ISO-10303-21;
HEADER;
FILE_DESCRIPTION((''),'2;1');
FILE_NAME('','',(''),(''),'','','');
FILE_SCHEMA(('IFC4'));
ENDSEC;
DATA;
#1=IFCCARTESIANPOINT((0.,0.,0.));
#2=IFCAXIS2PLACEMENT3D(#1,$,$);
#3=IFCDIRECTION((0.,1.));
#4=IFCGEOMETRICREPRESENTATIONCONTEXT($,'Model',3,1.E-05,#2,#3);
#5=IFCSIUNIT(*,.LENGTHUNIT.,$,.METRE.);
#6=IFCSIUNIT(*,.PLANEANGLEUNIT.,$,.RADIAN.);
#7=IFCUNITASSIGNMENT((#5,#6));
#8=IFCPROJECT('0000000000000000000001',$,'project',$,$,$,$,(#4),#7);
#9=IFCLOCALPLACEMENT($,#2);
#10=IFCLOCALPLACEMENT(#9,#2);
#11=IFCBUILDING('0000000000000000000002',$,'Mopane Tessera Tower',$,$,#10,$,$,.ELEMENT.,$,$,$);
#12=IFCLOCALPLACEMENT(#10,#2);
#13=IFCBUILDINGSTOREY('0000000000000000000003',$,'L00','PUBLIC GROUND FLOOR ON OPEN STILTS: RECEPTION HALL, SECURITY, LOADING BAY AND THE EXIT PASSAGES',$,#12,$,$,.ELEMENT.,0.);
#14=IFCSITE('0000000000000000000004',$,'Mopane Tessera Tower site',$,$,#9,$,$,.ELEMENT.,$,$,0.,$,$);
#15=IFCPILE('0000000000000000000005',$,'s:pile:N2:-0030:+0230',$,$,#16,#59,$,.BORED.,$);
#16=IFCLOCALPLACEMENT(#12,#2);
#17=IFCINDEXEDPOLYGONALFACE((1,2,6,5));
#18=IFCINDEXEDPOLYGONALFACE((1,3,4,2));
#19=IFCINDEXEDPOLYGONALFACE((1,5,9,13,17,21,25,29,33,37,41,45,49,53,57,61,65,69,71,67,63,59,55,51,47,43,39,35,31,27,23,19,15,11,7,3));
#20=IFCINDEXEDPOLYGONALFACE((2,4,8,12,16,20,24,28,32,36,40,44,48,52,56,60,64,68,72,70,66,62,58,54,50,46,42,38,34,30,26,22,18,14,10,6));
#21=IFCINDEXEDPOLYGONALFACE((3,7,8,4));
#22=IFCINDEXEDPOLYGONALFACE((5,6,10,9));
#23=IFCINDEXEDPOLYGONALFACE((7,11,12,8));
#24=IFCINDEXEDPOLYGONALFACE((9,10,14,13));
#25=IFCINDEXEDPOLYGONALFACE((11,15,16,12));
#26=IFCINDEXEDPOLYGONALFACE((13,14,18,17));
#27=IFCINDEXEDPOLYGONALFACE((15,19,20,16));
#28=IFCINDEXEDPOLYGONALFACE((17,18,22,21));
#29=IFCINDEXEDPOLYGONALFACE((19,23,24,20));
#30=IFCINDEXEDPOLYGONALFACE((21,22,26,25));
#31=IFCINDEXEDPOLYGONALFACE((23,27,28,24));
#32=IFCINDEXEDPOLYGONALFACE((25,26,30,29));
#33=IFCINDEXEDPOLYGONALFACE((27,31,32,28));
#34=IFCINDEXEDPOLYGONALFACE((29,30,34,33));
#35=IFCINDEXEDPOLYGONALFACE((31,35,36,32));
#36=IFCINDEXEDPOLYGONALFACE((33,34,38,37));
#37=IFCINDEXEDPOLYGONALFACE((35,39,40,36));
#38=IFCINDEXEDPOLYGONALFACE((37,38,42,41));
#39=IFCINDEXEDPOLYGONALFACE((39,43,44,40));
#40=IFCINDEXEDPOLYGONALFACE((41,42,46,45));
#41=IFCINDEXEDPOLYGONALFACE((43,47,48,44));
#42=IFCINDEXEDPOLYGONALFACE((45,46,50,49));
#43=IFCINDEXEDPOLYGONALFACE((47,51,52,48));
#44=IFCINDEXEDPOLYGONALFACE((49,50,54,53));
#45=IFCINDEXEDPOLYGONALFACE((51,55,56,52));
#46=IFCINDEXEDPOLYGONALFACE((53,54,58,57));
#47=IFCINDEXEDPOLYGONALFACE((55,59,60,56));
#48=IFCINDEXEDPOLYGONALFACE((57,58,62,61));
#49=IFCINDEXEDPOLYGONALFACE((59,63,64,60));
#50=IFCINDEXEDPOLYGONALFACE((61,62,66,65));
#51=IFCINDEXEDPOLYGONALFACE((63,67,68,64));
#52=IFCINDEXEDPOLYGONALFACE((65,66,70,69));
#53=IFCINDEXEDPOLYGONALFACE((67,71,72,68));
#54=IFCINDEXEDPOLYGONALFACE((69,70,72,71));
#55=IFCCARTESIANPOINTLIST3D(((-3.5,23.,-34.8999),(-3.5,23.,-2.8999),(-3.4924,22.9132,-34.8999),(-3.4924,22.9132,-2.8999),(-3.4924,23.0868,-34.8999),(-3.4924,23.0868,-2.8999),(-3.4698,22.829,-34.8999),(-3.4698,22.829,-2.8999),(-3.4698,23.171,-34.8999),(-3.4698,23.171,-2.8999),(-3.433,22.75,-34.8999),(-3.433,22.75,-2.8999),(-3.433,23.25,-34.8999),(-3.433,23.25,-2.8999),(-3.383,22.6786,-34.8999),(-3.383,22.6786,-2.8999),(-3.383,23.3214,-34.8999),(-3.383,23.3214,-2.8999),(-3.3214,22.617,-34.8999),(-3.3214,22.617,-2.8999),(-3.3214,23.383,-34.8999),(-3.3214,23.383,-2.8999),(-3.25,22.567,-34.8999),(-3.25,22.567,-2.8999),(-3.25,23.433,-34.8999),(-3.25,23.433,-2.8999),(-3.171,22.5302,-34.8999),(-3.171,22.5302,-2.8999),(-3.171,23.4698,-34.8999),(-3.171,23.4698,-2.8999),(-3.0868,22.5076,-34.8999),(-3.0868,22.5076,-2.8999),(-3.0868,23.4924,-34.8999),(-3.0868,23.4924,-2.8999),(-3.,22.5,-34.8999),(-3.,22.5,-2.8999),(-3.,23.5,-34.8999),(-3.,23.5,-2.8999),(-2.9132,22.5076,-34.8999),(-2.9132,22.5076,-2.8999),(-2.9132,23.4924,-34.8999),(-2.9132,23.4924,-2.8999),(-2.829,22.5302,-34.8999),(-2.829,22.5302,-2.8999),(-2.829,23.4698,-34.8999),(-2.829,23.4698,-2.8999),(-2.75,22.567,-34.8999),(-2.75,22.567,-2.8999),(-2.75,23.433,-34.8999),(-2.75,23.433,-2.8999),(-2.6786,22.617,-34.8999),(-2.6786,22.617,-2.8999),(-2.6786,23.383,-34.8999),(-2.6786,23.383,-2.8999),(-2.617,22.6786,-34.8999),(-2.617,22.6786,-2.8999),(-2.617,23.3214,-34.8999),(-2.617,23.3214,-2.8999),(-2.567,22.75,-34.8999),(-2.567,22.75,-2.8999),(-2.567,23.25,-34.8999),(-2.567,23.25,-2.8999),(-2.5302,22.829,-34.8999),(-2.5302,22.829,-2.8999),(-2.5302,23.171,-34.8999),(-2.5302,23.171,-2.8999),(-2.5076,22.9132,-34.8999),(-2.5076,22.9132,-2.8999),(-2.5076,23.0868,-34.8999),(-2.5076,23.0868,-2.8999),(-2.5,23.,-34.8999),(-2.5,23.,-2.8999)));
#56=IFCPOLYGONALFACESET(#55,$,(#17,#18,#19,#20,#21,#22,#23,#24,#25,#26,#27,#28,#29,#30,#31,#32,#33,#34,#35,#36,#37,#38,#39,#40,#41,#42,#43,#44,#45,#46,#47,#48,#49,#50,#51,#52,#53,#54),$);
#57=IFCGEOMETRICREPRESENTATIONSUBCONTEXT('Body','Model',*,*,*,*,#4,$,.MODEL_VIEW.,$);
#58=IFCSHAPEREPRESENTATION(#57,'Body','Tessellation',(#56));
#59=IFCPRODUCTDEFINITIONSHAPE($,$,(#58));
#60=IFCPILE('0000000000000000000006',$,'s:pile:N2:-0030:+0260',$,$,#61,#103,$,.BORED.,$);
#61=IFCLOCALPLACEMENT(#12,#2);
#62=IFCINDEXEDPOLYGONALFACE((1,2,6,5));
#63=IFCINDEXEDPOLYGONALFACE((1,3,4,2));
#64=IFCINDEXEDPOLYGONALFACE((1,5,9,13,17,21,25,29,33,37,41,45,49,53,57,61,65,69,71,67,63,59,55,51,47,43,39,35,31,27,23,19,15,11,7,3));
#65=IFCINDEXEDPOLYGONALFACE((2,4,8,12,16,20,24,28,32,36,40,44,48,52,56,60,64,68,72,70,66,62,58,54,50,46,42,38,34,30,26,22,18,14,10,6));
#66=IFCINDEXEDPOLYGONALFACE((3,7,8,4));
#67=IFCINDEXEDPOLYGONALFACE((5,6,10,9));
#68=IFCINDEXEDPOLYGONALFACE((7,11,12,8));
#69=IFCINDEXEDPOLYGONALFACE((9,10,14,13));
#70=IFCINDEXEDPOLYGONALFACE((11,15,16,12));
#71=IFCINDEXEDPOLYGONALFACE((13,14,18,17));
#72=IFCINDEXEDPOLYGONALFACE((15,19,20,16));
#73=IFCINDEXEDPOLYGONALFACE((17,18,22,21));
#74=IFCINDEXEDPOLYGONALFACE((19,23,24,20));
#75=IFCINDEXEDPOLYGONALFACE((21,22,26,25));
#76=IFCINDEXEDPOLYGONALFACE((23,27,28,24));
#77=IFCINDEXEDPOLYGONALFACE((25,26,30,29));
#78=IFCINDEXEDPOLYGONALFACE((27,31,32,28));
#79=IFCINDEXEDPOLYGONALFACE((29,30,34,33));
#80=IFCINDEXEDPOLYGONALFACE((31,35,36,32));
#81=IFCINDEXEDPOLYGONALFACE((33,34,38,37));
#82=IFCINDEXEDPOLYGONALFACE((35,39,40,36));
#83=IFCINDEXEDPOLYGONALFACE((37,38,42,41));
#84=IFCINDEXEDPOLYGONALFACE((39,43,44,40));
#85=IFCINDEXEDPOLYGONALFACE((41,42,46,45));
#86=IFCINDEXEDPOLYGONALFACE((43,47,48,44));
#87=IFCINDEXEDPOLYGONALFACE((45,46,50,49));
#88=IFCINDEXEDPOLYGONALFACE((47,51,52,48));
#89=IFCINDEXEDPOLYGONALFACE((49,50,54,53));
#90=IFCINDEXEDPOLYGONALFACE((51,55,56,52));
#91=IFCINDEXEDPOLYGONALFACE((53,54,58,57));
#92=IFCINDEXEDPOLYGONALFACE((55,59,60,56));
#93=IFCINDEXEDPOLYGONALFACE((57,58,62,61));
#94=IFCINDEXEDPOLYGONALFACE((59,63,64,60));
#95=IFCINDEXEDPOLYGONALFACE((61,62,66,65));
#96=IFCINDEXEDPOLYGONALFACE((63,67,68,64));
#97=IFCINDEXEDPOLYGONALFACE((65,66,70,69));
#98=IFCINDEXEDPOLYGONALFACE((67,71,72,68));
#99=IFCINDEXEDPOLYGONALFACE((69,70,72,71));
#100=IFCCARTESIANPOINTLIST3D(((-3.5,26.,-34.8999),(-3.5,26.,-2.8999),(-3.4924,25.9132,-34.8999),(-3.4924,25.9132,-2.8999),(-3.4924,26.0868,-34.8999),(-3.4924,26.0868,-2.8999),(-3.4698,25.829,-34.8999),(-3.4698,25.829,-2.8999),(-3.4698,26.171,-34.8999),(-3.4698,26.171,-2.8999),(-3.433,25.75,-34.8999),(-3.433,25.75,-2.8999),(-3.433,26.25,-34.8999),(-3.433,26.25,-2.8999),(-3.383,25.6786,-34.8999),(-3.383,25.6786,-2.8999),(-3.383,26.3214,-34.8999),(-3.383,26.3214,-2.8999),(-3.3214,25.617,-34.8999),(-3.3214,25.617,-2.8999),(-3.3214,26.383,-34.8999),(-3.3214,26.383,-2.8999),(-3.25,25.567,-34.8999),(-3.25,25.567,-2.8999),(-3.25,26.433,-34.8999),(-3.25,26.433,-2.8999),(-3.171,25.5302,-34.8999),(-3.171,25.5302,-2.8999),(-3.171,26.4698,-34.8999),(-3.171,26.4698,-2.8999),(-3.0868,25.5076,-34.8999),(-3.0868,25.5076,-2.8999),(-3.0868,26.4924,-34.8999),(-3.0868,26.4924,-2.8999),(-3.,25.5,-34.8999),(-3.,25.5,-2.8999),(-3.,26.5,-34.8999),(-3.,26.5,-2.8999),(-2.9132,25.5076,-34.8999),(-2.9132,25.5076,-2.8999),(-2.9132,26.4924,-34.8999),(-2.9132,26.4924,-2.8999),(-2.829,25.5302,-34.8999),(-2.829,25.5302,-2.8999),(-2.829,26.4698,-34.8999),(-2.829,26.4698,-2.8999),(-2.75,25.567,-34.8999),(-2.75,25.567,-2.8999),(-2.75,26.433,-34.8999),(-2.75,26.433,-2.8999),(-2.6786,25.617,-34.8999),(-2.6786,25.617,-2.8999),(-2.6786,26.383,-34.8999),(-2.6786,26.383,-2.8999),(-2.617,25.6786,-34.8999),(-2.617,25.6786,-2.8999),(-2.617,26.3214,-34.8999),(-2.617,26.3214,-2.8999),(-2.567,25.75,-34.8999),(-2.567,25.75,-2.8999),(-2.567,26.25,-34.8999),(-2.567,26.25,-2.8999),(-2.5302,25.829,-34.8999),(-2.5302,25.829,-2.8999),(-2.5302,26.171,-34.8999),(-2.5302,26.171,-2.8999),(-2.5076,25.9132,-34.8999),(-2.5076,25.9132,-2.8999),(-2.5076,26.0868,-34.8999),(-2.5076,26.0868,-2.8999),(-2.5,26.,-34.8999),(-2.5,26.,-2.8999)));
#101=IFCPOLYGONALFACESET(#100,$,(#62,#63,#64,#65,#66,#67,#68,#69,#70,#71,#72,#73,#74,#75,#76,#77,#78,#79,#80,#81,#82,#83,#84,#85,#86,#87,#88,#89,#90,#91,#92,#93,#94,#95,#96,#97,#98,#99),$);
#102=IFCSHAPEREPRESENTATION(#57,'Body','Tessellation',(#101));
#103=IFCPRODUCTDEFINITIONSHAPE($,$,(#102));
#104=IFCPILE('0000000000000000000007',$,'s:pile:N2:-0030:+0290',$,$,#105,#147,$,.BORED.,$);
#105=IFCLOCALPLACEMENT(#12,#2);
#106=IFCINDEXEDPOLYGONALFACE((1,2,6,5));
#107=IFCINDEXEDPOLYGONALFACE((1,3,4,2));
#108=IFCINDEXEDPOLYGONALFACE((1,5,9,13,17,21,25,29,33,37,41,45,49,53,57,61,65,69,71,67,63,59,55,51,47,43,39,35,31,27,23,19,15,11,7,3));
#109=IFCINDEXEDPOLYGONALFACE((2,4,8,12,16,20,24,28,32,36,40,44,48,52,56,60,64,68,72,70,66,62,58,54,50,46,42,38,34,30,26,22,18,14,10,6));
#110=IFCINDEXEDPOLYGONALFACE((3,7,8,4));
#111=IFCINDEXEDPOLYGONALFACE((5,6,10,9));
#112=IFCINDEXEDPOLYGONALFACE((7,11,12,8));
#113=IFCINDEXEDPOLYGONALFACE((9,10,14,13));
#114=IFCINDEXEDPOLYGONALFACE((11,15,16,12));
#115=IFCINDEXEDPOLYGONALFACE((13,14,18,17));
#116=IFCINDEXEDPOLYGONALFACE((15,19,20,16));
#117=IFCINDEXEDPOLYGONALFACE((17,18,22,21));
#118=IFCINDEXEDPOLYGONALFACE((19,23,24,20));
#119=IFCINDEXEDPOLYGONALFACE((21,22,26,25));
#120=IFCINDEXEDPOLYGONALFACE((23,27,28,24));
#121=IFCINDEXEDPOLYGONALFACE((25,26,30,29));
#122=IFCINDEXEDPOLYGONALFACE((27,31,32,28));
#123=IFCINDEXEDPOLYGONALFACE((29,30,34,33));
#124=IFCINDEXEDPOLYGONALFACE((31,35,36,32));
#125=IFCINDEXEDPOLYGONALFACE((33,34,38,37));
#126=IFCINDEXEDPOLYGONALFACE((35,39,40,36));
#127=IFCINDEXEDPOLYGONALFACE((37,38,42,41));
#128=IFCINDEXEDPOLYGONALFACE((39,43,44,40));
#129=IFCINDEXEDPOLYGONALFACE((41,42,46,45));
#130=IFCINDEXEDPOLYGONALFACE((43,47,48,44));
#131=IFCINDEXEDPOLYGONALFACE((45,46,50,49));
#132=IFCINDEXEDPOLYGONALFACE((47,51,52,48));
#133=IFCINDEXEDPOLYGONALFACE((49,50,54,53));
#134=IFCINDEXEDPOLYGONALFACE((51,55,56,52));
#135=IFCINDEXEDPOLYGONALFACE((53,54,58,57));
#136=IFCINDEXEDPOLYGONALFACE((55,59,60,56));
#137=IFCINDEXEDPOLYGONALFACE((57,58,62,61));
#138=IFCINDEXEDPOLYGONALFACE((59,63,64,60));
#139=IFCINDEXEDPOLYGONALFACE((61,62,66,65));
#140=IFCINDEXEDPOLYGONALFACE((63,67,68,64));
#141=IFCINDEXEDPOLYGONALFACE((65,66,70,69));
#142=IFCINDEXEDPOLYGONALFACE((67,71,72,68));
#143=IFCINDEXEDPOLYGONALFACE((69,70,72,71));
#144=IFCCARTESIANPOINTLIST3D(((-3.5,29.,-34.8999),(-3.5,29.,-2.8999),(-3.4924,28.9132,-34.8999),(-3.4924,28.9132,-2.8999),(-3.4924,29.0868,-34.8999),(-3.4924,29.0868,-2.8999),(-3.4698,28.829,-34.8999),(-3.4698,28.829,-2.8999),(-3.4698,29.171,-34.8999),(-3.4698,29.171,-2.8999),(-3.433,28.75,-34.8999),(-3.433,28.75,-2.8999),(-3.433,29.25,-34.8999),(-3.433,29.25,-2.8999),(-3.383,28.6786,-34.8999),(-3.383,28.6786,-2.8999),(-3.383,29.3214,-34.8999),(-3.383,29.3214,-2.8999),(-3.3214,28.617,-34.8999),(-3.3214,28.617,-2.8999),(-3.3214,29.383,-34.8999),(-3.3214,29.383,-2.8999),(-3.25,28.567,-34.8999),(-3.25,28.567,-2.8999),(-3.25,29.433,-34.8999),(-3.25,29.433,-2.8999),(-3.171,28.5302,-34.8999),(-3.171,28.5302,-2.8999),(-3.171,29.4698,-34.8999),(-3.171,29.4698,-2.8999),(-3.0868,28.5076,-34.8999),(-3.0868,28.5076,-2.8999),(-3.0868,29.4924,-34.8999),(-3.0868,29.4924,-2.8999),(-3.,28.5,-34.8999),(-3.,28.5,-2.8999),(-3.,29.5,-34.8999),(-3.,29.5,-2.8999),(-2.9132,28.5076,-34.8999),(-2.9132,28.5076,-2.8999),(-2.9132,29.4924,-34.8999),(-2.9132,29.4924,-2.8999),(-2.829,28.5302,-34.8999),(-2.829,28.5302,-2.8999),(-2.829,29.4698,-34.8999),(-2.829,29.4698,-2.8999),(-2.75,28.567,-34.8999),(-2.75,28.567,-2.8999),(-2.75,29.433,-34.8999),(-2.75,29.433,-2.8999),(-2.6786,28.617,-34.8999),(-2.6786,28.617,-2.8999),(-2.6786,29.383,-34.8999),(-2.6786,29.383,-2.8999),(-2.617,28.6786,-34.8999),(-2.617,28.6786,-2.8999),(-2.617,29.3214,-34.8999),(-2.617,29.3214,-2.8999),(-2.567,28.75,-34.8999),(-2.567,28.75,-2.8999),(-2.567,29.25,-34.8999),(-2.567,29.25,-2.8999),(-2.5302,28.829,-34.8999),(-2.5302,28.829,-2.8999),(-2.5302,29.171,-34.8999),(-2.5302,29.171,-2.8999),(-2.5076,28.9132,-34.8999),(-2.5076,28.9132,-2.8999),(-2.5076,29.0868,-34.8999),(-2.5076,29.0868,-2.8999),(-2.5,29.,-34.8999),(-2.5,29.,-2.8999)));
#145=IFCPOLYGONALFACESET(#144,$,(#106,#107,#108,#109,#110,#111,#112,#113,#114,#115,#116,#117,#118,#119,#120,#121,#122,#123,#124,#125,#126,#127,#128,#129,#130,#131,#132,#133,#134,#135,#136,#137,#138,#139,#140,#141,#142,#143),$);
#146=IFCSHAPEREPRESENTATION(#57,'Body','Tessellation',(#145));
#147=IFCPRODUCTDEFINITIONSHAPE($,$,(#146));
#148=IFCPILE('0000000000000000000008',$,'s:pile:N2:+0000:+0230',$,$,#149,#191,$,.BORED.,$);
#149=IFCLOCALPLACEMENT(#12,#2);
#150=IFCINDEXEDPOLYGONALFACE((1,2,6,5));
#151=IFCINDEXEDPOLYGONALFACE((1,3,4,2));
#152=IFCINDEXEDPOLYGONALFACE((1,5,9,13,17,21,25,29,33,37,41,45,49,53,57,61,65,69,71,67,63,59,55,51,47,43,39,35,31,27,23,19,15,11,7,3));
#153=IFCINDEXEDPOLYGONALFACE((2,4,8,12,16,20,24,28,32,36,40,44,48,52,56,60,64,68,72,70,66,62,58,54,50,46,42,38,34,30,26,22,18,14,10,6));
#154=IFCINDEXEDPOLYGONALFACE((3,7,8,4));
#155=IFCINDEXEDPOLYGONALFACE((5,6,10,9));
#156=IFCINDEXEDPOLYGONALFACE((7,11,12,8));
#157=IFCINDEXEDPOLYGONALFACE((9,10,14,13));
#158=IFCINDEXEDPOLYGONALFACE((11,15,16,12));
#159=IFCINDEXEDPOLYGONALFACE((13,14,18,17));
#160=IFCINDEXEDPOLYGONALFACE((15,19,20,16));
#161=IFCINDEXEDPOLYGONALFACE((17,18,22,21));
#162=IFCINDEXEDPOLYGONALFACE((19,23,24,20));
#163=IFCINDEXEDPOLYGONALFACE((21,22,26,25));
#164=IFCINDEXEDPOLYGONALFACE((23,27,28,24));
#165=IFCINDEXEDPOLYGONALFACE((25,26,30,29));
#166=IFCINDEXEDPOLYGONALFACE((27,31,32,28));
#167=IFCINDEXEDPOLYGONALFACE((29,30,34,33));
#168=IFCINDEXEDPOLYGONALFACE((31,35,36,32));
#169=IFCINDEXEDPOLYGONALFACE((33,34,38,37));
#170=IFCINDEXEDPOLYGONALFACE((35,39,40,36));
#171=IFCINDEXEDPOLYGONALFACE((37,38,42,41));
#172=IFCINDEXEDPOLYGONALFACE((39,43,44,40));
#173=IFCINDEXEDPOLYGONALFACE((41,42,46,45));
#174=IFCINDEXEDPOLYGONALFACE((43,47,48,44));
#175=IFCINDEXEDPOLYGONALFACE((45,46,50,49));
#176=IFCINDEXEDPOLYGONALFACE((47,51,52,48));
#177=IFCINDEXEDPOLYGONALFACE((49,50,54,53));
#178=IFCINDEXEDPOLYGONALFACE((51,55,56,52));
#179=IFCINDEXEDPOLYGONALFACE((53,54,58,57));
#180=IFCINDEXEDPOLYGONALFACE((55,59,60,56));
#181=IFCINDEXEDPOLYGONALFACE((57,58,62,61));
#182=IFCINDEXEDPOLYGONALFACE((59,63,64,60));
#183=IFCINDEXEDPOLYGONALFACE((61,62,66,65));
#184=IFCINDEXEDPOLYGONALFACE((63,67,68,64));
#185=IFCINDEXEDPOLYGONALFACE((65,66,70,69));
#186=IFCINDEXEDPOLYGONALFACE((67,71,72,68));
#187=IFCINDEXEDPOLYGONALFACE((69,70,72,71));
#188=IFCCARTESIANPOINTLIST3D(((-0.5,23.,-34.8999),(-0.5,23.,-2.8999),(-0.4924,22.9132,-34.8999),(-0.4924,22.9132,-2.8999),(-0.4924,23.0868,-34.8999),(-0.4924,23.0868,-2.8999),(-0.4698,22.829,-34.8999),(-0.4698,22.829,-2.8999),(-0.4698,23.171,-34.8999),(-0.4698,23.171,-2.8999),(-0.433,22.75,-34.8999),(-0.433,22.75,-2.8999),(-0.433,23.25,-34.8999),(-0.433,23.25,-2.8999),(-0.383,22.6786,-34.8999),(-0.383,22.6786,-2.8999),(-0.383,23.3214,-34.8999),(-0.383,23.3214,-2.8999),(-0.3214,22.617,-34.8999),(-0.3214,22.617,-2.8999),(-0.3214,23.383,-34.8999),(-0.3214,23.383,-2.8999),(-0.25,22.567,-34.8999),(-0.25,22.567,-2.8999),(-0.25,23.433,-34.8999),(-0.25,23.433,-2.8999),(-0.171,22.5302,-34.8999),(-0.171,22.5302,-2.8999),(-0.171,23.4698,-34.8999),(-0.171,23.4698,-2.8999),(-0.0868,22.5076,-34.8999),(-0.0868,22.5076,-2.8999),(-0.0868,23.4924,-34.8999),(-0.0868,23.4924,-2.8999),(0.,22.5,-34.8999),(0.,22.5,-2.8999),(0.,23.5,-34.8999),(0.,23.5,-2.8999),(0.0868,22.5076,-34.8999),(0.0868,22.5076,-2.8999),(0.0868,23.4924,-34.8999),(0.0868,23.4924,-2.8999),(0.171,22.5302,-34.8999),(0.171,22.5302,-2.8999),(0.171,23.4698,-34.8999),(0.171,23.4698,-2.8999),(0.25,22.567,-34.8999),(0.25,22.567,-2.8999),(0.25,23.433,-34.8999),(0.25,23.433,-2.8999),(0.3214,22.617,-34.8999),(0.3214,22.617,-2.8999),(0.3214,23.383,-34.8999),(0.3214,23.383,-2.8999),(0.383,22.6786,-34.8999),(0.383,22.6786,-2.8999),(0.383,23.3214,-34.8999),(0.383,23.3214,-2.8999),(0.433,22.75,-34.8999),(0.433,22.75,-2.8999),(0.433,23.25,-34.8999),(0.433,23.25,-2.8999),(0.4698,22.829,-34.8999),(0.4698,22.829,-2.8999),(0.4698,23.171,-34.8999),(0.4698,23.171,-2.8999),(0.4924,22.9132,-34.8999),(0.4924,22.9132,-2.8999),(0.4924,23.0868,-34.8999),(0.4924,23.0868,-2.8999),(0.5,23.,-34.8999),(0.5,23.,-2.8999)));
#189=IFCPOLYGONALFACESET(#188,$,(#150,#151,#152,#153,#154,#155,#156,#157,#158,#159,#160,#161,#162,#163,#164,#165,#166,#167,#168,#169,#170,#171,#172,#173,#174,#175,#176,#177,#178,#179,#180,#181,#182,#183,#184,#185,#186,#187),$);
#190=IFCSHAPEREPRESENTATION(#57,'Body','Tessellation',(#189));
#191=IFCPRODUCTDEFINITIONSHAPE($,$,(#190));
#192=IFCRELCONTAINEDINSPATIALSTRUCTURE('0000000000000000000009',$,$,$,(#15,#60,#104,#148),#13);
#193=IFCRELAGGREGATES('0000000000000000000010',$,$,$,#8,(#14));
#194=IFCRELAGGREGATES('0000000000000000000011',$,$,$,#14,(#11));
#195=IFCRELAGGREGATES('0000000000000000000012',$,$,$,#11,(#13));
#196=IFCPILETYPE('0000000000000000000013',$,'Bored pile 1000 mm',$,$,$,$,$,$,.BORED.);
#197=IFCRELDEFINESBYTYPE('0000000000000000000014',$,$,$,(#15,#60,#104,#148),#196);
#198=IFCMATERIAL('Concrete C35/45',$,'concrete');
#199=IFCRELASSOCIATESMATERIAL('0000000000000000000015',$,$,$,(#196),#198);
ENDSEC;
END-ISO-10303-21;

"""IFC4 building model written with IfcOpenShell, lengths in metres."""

from ifc_helpers import new_model, si_unit, direction, frame, origin, origin_2d, place, context, subcontext, project, spatial, circle, extrude, material, material_profile, profile_set, type_object, element, save


model = new_model("IFC4")

# Units and contexts
model_context = context("Model", 3, precision=1e-05, world=origin(), true_north=direction((0.0, 1.0)))
body_context = subcontext(model_context, "Body", "Model", "MODEL_VIEW")
ifc_project = project(units=[si_unit("LENGTHUNIT", "METRE"), si_unit("PLANEANGLEUNIT", "RADIAN")], contexts=[model_context])

# Site, building, storey
site_placement = place(None, origin())
site = spatial("IfcSite", under=ifc_project, at=site_placement, Name="Mopane Tessera Tower site", CompositionType="ELEMENT", RefElevation=0.0)
building_placement = place(site_placement, origin())
building = spatial("IfcBuilding", under=site, at=building_placement, Name="Mopane Tessera Tower", CompositionType="ELEMENT")
storey_placement = place(building_placement, origin())
storey = spatial("IfcBuildingStorey", under=building, at=storey_placement, Name="L00", Description="PUBLIC GROUND FLOOR ON OPEN STILTS: RECEPTION HALL, SECURITY, LOADING BAY AND THE EXIT PASSAGES", CompositionType="ELEMENT", Elevation=0.0)

# Piles
ifc_material_1 = material(Name="Concrete C35/45", Category="concrete")
ifc_material_profile_1 = material_profile(ifc_material_1, circle(Radius=0.5, at=origin_2d()))
ifc_profile_set_1 = profile_set([ifc_material_profile_1], Name="Concrete C35/45")
pile_type_1 = type_object("IfcPileType", Name="Bored pile 1000 mm", PredefinedType="BORED", material=ifc_profile_set_1)
for number, where, z_axis, x_axis, name in (
    (1, (-3.0, 23.0, -2.8999), (0.0, 0.0, -1.0), (1.0, 0.0, 0.0), "s:pile:N2:-0030:+0230"),
    (2, (-3.0, 26.0, -2.8999), (0.0, 0.0, -1.0), (1.0, 0.0, 0.0), "s:pile:N2:-0030:+0260"),
    (3, (-3.0, 29.0, -2.8999), (0.0, 0.0, -1.0), (1.0, 0.0, 0.0), "s:pile:N2:-0030:+0290"),
    (4, (0.0, 23.0, -2.8999), (0.0, 0.0, -1.0), (1.0, 0.0, 0.0), "s:pile:N2:+0000:+0230"),
):
    element("IfcPile", number, at=place(storey_placement, frame(where, z_axis=z_axis, x_axis=x_axis)), inside=storey, type_object=pile_type_1, Name=name, PredefinedType="BORED", context=body_context, shape_type="SweptSolid", body=[
        extrude(circle(Radius=0.5, at=origin_2d()), origin(), (0.0, 0.0, 1.0), 32.0),
    ])

save(model, "model.ifc")
